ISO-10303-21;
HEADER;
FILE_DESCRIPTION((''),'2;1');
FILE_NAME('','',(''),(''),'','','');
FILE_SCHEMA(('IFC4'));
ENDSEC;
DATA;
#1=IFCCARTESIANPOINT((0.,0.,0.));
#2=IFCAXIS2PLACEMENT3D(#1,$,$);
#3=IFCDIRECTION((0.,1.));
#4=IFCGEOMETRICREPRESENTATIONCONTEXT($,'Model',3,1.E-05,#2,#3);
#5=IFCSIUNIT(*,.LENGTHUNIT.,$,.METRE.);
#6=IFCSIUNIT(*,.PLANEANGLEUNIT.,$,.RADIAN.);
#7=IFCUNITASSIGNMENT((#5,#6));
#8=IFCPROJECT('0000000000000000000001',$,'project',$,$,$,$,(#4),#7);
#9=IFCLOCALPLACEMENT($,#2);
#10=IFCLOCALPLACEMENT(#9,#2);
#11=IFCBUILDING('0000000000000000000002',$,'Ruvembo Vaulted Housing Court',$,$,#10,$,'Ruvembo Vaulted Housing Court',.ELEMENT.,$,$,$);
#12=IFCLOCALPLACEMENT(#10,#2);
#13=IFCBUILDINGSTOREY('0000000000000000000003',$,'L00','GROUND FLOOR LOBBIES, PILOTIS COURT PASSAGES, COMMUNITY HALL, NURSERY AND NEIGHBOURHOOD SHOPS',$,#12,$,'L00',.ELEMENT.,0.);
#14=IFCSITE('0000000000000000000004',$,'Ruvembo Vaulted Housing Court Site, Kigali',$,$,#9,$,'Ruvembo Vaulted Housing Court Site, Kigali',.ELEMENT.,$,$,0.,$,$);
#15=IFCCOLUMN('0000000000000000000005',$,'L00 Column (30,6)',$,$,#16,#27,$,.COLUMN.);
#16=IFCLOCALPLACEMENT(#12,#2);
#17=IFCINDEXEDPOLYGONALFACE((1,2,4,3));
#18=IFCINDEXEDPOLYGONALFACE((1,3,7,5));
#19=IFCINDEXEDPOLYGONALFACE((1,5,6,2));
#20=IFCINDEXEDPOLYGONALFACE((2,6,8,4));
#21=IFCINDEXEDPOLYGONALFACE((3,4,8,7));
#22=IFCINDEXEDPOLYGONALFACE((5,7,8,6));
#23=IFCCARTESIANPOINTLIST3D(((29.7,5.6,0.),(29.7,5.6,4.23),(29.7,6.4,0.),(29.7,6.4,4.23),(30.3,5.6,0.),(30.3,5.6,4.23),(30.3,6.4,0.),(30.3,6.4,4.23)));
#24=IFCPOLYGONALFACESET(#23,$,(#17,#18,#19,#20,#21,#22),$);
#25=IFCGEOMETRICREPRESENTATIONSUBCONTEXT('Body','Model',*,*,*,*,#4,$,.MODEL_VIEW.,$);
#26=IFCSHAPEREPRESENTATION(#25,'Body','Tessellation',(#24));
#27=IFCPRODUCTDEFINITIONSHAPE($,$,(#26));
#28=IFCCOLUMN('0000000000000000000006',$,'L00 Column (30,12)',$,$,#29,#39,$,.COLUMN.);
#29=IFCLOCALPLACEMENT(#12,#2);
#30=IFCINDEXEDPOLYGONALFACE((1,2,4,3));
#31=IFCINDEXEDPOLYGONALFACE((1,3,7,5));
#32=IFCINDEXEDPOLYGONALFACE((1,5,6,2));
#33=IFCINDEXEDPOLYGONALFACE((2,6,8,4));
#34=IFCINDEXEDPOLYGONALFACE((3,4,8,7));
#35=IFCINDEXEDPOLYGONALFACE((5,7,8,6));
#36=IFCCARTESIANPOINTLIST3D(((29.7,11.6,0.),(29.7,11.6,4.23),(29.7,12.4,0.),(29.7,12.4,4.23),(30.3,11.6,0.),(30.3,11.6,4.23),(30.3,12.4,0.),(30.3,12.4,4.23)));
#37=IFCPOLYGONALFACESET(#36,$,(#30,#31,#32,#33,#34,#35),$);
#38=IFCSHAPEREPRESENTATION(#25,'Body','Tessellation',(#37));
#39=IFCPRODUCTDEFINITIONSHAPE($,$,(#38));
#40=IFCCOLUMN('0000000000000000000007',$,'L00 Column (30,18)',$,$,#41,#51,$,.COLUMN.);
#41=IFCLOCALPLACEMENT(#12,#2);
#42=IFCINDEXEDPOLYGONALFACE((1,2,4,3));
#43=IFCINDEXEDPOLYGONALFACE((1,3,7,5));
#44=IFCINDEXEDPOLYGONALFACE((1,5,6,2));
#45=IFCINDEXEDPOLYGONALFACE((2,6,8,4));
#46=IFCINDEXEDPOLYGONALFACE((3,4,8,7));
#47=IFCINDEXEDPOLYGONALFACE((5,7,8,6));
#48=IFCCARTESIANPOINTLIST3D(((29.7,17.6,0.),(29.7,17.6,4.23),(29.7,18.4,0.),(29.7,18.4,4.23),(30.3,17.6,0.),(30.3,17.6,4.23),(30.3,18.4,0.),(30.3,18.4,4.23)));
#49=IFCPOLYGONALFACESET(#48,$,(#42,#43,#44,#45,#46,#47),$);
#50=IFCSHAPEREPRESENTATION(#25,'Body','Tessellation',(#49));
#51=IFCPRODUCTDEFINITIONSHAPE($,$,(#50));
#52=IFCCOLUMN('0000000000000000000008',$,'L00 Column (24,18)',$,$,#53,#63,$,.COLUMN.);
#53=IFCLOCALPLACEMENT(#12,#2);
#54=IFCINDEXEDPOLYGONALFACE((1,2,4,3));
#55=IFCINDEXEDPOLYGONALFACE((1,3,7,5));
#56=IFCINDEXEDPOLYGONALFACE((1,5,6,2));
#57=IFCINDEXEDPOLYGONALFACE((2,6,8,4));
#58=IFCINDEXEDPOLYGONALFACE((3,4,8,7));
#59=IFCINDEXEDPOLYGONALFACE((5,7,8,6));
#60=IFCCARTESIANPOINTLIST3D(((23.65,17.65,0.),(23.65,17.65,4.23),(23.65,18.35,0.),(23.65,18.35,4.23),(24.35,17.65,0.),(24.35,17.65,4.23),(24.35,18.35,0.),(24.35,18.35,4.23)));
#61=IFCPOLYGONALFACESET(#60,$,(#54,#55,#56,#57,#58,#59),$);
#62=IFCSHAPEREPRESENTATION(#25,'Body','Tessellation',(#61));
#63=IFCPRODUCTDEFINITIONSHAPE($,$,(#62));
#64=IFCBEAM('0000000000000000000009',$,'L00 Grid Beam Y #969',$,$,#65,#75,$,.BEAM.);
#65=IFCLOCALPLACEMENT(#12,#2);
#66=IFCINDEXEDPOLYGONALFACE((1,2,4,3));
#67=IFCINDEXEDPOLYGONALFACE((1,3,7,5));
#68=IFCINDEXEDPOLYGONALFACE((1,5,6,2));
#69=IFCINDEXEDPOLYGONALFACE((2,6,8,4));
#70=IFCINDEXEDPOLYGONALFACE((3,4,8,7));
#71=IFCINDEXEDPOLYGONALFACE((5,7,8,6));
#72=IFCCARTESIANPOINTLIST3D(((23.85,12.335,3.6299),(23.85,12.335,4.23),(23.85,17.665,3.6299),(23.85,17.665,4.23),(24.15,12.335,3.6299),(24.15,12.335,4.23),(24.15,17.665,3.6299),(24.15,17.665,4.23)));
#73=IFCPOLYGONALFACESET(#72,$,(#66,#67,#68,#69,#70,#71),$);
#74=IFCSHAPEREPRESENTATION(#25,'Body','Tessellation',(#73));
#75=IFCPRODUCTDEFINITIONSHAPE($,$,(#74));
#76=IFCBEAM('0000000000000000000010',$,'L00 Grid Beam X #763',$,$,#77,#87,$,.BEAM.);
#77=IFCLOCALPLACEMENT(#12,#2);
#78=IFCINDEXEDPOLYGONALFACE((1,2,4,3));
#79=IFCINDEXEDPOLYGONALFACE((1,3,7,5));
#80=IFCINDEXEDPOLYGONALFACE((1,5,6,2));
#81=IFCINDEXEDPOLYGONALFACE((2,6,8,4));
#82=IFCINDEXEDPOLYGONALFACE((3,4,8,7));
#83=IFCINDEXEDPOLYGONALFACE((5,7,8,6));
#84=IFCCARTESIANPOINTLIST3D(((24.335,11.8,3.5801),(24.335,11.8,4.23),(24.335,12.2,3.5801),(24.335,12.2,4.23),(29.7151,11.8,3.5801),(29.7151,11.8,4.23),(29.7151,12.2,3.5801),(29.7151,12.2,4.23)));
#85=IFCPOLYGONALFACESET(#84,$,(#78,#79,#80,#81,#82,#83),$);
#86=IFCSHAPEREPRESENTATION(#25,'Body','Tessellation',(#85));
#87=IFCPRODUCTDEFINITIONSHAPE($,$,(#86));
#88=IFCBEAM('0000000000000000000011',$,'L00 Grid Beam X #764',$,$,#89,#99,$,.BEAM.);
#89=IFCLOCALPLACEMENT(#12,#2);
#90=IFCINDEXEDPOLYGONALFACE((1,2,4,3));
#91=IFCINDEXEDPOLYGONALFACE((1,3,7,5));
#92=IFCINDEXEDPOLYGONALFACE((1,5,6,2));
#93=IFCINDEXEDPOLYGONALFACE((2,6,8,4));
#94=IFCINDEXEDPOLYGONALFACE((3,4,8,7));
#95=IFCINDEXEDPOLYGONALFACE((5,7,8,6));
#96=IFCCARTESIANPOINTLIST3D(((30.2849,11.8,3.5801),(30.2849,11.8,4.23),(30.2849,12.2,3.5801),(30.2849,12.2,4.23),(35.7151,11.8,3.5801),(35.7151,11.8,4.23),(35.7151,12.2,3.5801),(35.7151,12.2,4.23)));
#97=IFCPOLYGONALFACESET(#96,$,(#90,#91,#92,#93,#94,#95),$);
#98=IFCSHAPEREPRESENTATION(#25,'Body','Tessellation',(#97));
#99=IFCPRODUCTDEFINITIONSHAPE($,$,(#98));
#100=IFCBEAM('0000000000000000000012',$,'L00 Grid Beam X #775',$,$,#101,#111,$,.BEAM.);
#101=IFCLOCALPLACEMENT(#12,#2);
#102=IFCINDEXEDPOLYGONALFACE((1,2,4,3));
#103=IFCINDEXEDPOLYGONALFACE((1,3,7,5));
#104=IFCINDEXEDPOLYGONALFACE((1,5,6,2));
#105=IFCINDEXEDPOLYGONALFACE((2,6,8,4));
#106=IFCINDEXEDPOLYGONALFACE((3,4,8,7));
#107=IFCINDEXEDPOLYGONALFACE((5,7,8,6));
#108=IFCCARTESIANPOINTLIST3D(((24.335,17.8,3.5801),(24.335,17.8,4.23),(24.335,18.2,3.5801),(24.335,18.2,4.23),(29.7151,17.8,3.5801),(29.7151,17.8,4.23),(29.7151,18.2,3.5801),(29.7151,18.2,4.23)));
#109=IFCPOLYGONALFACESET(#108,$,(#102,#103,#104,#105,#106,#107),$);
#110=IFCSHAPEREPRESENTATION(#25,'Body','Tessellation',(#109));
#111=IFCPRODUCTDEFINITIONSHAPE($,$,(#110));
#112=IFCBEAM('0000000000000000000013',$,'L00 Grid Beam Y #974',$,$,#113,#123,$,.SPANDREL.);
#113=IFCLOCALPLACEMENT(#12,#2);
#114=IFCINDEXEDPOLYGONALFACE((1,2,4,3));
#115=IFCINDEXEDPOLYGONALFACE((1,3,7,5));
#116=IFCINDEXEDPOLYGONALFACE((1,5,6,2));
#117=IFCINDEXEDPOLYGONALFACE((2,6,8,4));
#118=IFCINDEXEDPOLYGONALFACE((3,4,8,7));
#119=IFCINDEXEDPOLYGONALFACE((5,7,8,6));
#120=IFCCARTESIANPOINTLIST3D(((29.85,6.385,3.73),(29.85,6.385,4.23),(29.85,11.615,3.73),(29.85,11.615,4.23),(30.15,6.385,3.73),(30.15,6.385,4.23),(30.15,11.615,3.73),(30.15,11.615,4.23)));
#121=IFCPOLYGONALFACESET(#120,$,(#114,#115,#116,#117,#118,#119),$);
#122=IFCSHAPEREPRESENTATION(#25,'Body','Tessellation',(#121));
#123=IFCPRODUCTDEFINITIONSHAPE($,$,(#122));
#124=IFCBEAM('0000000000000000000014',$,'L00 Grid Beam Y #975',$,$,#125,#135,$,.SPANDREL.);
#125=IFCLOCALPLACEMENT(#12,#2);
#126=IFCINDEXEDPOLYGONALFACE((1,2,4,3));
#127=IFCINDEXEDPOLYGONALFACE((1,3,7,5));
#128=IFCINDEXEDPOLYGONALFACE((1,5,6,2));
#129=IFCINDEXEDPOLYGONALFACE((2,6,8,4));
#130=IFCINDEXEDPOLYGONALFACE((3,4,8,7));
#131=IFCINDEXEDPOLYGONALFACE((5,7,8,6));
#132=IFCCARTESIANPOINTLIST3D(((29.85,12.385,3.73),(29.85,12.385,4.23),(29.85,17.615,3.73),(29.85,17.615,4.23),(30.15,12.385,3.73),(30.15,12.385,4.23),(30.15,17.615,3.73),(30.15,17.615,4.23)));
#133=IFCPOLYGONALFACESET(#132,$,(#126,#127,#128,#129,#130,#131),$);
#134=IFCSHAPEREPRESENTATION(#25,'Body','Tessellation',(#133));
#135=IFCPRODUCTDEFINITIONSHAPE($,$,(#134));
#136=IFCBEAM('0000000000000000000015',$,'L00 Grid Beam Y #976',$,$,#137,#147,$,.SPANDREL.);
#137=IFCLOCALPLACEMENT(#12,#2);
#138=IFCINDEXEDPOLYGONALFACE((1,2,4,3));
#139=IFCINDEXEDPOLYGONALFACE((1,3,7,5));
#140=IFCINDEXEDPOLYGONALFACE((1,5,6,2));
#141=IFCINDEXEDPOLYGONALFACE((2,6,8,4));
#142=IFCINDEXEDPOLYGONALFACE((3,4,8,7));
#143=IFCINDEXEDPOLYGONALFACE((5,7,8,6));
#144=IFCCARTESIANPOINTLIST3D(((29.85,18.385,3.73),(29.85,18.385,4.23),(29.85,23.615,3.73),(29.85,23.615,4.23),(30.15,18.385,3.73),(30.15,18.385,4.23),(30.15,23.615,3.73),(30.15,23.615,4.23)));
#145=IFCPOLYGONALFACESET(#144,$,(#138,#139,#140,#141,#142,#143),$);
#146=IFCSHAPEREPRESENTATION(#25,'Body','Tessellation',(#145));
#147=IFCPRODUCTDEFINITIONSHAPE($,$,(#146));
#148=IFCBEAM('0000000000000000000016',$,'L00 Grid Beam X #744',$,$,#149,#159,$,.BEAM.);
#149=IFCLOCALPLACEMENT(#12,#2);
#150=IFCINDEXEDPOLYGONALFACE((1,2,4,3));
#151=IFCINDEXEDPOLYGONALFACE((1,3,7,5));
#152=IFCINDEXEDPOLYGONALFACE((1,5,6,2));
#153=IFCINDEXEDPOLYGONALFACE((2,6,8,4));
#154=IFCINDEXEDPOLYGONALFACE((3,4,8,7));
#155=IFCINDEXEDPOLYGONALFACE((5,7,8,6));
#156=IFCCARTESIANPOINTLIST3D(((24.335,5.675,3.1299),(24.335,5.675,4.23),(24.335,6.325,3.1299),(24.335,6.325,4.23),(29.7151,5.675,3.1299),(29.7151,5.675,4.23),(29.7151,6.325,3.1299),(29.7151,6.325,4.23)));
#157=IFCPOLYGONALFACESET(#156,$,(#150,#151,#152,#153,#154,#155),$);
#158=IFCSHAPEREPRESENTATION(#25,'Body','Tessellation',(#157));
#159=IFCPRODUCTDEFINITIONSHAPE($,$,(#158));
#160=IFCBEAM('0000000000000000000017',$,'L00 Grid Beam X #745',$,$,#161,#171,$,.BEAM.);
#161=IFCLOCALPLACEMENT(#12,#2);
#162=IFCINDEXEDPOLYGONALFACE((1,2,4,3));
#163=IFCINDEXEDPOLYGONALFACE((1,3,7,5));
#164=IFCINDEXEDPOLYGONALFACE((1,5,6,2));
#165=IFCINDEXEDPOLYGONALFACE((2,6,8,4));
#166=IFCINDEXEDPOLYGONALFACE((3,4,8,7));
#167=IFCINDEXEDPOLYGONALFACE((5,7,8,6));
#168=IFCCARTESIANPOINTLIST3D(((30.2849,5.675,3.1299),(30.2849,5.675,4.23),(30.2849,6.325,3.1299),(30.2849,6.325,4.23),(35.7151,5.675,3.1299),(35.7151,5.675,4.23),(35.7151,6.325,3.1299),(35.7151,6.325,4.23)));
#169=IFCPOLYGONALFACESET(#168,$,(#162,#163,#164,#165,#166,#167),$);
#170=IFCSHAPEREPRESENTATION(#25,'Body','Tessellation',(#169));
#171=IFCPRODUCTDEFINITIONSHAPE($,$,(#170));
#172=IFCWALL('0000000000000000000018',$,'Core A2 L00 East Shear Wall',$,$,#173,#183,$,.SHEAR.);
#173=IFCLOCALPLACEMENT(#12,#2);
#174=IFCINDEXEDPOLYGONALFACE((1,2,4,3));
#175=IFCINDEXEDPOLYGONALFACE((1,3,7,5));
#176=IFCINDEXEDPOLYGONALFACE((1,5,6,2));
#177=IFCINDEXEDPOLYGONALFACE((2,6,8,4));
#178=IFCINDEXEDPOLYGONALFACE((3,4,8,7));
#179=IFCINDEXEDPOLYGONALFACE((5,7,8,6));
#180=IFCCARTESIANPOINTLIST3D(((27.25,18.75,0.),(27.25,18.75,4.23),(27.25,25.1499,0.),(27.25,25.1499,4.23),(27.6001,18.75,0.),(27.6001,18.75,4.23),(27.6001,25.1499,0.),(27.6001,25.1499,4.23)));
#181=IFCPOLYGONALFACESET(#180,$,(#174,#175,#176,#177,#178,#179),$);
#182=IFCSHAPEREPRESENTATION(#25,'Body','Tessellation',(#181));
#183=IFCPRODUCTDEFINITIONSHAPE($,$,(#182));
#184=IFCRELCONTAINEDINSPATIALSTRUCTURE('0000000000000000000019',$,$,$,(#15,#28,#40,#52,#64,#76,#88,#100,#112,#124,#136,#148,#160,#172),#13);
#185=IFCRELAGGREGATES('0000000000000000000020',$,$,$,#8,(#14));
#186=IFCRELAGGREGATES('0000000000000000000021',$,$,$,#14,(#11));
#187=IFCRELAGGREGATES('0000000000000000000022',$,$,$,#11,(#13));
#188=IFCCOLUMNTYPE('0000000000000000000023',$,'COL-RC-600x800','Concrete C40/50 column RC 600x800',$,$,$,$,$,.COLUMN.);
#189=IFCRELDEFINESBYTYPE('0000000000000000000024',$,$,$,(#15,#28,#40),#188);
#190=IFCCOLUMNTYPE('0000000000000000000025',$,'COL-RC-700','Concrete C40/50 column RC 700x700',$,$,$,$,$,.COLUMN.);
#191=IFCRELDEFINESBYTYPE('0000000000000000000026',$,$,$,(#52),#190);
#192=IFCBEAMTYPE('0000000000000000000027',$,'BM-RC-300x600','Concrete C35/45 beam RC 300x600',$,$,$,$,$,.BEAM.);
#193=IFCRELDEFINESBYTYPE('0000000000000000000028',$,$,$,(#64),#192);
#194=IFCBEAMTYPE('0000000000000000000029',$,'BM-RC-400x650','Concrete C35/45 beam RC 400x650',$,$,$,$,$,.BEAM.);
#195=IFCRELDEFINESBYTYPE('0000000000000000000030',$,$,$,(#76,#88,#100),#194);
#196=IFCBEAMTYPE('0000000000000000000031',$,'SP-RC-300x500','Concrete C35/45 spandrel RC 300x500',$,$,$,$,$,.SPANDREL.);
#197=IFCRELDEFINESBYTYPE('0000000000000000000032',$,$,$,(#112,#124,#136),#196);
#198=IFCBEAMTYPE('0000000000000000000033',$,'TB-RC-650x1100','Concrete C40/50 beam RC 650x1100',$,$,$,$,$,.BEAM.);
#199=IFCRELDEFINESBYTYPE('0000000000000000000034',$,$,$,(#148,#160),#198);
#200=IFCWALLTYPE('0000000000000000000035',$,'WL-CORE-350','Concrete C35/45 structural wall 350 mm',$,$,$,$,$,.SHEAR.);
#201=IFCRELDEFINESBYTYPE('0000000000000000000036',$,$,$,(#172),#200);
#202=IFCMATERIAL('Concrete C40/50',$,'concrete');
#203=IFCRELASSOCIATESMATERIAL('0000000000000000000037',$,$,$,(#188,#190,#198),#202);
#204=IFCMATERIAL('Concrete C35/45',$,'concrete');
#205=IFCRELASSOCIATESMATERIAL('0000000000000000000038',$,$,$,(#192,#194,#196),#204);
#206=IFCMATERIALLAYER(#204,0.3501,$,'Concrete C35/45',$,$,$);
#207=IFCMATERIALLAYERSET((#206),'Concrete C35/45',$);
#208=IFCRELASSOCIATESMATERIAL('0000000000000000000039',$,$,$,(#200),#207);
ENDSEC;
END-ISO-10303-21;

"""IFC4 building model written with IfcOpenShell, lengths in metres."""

from ifc_helpers import new_model, si_unit, direction, frame, frame_2d, origin, origin_2d, place, context, subcontext, project, spatial, rectangle, extrude, material, layer, layer_set, material_profile, profile_set, type_object, element, save


model = new_model("IFC4")

# Units and contexts
model_context = context("Model", 3, precision=1e-05, world=origin(), true_north=direction((0.0, 1.0)))
body_context = subcontext(model_context, "Body", "Model", "MODEL_VIEW")
ifc_project = project(units=[si_unit("LENGTHUNIT", "METRE"), si_unit("PLANEANGLEUNIT", "RADIAN")], contexts=[model_context])

# Site, building, storey
site_placement = place(None, origin())
site = spatial("IfcSite", under=ifc_project, at=site_placement, Name="Ruvembo Vaulted Housing Court Site, Kigali", LongName="Ruvembo Vaulted Housing Court Site, Kigali", CompositionType="ELEMENT", RefElevation=0.0)
building_placement = place(site_placement, origin())
building = spatial("IfcBuilding", under=site, at=building_placement, Name="Ruvembo Vaulted Housing Court", LongName="Ruvembo Vaulted Housing Court", CompositionType="ELEMENT")
storey_placement = place(building_placement, origin())
storey = spatial("IfcBuildingStorey", under=building, at=storey_placement, Name="L00", Description="GROUND FLOOR LOBBIES, PILOTIS COURT PASSAGES, COMMUNITY HALL, NURSERY AND NEIGHBOURHOOD SHOPS", LongName="L00", CompositionType="ELEMENT", Elevation=0.0)

# Columns
ifc_material_1 = material(Name="Concrete C40/50", Category="concrete")
ifc_material_profile_1 = material_profile(ifc_material_1, rectangle(XDim=0.6001, YDim=0.8, at=origin_2d()), Name="RC 600x800")
ifc_profile_set_1 = profile_set([ifc_material_profile_1], Name="Concrete C40/50")
column_type_1 = type_object("IfcColumnType", Name="COL-RC-600x800", Description="Concrete C40/50 column RC 600x800", PredefinedType="COLUMN", material=ifc_profile_set_1)
for number, where, z_axis, x_axis, name in (
    (1, (30.0, 6.0, 0.0), (0.0, 0.0, 1.0), (1.0, 0.0, 0.0), "L00 Column (30,6)"),
    (2, (30.0, 12.0, 0.0), (0.0, 0.0, 1.0), (1.0, 0.0, 0.0), "L00 Column (30,12)"),
    (3, (30.0, 18.0, 0.0), (0.0, 0.0, 1.0), (1.0, 0.0, 0.0), "L00 Column (30,18)"),
):
    element("IfcColumn", number, at=place(storey_placement, frame(where, z_axis=z_axis, x_axis=x_axis)), inside=storey, type_object=column_type_1, Name=name, PredefinedType="COLUMN", context=body_context, shape_type="SweptSolid", body=[
        extrude(rectangle(XDim=0.6001, YDim=0.8, at=origin_2d()), origin(), (0.0, 0.0, 1.0), 4.23),
    ])
ifc_material_profile_2 = material_profile(ifc_material_1, rectangle(XDim=0.7, YDim=0.7, at=origin_2d()), Name="RC 700x700")
ifc_profile_set_2 = profile_set([ifc_material_profile_2], Name="Concrete C40/50")
column_type_2 = type_object("IfcColumnType", Name="COL-RC-700", Description="Concrete C40/50 column RC 700x700", PredefinedType="COLUMN", material=ifc_profile_set_2)
column_placement = place(storey_placement, frame((24.0, 18.0, 0.0), z_axis=(0.0, 0.0, 1.0), x_axis=(1.0, 0.0, 0.0)))
element("IfcColumn", 4, at=column_placement, inside=storey, type_object=column_type_2, Name="L00 Column (24,18)", PredefinedType="COLUMN", context=body_context, shape_type="SweptSolid", body=[
    extrude(rectangle(XDim=0.7, YDim=0.7, at=origin_2d()), origin(), (0.0, 0.0, 1.0), 4.23),
])

# Beams
ifc_material_2 = material(Name="Concrete C35/45", Category="concrete")
ifc_material_profile_3 = material_profile(ifc_material_2, rectangle(XDim=0.3, YDim=0.6001, at=origin_2d()), Name="RC 300x600")
ifc_profile_set_3 = profile_set([ifc_material_profile_3], Name="Concrete C35/45")
beam_type_1 = type_object("IfcBeamType", Name="BM-RC-300x600", Description="Concrete C35/45 beam RC 300x600", PredefinedType="BEAM", material=ifc_profile_set_3)
beam_1_placement = place(storey_placement, frame((24.0, 12.335, 3.9299), z_axis=(0.0, 1.0, 0.0), x_axis=(-1.0, 0.0, 0.0)))
element("IfcBeam", 5, at=beam_1_placement, inside=storey, type_object=beam_type_1, Name="L00 Grid Beam Y #969", PredefinedType="BEAM", context=body_context, shape_type="SweptSolid", body=[
    extrude(rectangle(XDim=0.3, YDim=0.6001, at=origin_2d()), origin(), (0.0, 0.0, 1.0), 5.3301),
])
ifc_material_profile_4 = material_profile(ifc_material_2, rectangle(XDim=0.3999, YDim=0.6499, at=origin_2d()), Name="RC 400x650")
ifc_profile_set_4 = profile_set([ifc_material_profile_4], Name="Concrete C35/45")
beam_type_2 = type_object("IfcBeamType", Name="BM-RC-400x650", Description="Concrete C35/45 beam RC 400x650", PredefinedType="BEAM", material=ifc_profile_set_4)
beam_2_placement = place(storey_placement, frame((24.335, 12.0, 3.905), z_axis=(1.0, 0.0, 0.0), x_axis=(0.0, 1.0, 0.0)))
element("IfcBeam", 6, at=beam_2_placement, inside=storey, type_object=beam_type_2, Name="L00 Grid Beam X #763", PredefinedType="BEAM", context=body_context, shape_type="SweptSolid", body=[
    extrude(rectangle(XDim=0.3999, YDim=0.6499, at=origin_2d()), origin(), (0.0, 0.0, 1.0), 5.3801),
])
beam_3_placement = place(storey_placement, frame((30.2849, 12.0, 3.905), z_axis=(1.0, 0.0, 0.0), x_axis=(0.0, 1.0, 0.0)))
element("IfcBeam", 7, at=beam_3_placement, inside=storey, type_object=beam_type_2, Name="L00 Grid Beam X #764", PredefinedType="BEAM", context=body_context, shape_type="SweptSolid", body=[
    extrude(rectangle(XDim=0.3999, YDim=0.6499, at=origin_2d()), origin(), (0.0, 0.0, 1.0), 5.4302),
])
beam_4_placement = place(storey_placement, frame((24.335, 18.0, 3.905), z_axis=(1.0, 0.0, 0.0), x_axis=(0.0, 1.0, 0.0)))
element("IfcBeam", 8, at=beam_4_placement, inside=storey, type_object=beam_type_2, Name="L00 Grid Beam X #775", PredefinedType="BEAM", context=body_context, shape_type="SweptSolid", body=[
    extrude(rectangle(XDim=0.3999, YDim=0.6499, at=origin_2d()), origin(), (0.0, 0.0, 1.0), 5.3801),
])
ifc_material_profile_5 = material_profile(ifc_material_2, rectangle(XDim=0.3, YDim=0.5, at=origin_2d()), Name="RC 300x500")
ifc_profile_set_5 = profile_set([ifc_material_profile_5], Name="Concrete C35/45")
beam_type_3 = type_object("IfcBeamType", Name="SP-RC-300x500", Description="Concrete C35/45 spandrel RC 300x500", PredefinedType="SPANDREL", material=ifc_profile_set_5)
for number, where, z_axis, x_axis, name in (
    (9, (30.0, 6.385, 3.98), (0.0, 1.0, 0.0), (-1.0, 0.0, 0.0), "L00 Grid Beam Y #974"),
    (10, (30.0, 12.385, 3.98), (0.0, 1.0, 0.0), (-1.0, 0.0, 0.0), "L00 Grid Beam Y #975"),
    (11, (30.0, 18.385, 3.98), (0.0, 1.0, 0.0), (-1.0, 0.0, 0.0), "L00 Grid Beam Y #976"),
):
    element("IfcBeam", number, at=place(storey_placement, frame(where, z_axis=z_axis, x_axis=x_axis)), inside=storey, type_object=beam_type_3, Name=name, PredefinedType="SPANDREL", context=body_context, shape_type="SweptSolid", body=[
        extrude(rectangle(XDim=0.3, YDim=0.5, at=origin_2d()), origin(), (0.0, 0.0, 1.0), 5.23),
    ])
ifc_material_profile_6 = material_profile(ifc_material_1, rectangle(XDim=0.6499, YDim=1.1001, at=origin_2d()), Name="RC 650x1100")
ifc_profile_set_6 = profile_set([ifc_material_profile_6], Name="Concrete C40/50")
beam_type_4 = type_object("IfcBeamType", Name="TB-RC-650x1100", Description="Concrete C40/50 beam RC 650x1100", PredefinedType="BEAM", material=ifc_profile_set_6)
beam_5_placement = place(storey_placement, frame((24.335, 6.0, 3.6799), z_axis=(1.0, 0.0, 0.0), x_axis=(0.0, 1.0, 0.0)))
element("IfcBeam", 12, at=beam_5_placement, inside=storey, type_object=beam_type_4, Name="L00 Grid Beam X #744", PredefinedType="BEAM", context=body_context, shape_type="SweptSolid", body=[
    extrude(rectangle(XDim=0.6499, YDim=1.1001, at=origin_2d()), origin(), (0.0, 0.0, 1.0), 5.3801),
])
beam_6_placement = place(storey_placement, frame((30.2849, 6.0, 3.6799), z_axis=(1.0, 0.0, 0.0), x_axis=(0.0, 1.0, 0.0)))
element("IfcBeam", 13, at=beam_6_placement, inside=storey, type_object=beam_type_4, Name="L00 Grid Beam X #745", PredefinedType="BEAM", context=body_context, shape_type="SweptSolid", body=[
    extrude(rectangle(XDim=0.6499, YDim=1.1001, at=origin_2d()), origin(), (0.0, 0.0, 1.0), 5.4302),
])

# Wall
ifc_layer_1 = layer(ifc_material_2, 0.3501, Name="Concrete C35/45")
ifc_layer_set_1 = layer_set([ifc_layer_1], Name="Concrete C35/45")
wall_type_1 = type_object("IfcWallType", Name="WL-CORE-350", Description="Concrete C35/45 structural wall 350 mm", PredefinedType="SHEAR", material=ifc_layer_set_1)
wall_1_placement = place(storey_placement, frame((27.425, 18.75, 0.0), z_axis=(0.0, 0.0, 1.0), x_axis=(0.0, 1.0, 0.0)))
element("IfcWall", 14, at=wall_1_placement, inside=storey, type_object=wall_type_1, Name="Core A2 L00 East Shear Wall", PredefinedType="SHEAR", context=body_context, shape_type="SweptSolid", body=[
    extrude(rectangle(XDim=6.3999, YDim=0.3501, at=frame_2d((3.2, 0.0))), origin(), (0.0, 0.0, 1.0), 4.23),
])

save(model, "model.ifc")
